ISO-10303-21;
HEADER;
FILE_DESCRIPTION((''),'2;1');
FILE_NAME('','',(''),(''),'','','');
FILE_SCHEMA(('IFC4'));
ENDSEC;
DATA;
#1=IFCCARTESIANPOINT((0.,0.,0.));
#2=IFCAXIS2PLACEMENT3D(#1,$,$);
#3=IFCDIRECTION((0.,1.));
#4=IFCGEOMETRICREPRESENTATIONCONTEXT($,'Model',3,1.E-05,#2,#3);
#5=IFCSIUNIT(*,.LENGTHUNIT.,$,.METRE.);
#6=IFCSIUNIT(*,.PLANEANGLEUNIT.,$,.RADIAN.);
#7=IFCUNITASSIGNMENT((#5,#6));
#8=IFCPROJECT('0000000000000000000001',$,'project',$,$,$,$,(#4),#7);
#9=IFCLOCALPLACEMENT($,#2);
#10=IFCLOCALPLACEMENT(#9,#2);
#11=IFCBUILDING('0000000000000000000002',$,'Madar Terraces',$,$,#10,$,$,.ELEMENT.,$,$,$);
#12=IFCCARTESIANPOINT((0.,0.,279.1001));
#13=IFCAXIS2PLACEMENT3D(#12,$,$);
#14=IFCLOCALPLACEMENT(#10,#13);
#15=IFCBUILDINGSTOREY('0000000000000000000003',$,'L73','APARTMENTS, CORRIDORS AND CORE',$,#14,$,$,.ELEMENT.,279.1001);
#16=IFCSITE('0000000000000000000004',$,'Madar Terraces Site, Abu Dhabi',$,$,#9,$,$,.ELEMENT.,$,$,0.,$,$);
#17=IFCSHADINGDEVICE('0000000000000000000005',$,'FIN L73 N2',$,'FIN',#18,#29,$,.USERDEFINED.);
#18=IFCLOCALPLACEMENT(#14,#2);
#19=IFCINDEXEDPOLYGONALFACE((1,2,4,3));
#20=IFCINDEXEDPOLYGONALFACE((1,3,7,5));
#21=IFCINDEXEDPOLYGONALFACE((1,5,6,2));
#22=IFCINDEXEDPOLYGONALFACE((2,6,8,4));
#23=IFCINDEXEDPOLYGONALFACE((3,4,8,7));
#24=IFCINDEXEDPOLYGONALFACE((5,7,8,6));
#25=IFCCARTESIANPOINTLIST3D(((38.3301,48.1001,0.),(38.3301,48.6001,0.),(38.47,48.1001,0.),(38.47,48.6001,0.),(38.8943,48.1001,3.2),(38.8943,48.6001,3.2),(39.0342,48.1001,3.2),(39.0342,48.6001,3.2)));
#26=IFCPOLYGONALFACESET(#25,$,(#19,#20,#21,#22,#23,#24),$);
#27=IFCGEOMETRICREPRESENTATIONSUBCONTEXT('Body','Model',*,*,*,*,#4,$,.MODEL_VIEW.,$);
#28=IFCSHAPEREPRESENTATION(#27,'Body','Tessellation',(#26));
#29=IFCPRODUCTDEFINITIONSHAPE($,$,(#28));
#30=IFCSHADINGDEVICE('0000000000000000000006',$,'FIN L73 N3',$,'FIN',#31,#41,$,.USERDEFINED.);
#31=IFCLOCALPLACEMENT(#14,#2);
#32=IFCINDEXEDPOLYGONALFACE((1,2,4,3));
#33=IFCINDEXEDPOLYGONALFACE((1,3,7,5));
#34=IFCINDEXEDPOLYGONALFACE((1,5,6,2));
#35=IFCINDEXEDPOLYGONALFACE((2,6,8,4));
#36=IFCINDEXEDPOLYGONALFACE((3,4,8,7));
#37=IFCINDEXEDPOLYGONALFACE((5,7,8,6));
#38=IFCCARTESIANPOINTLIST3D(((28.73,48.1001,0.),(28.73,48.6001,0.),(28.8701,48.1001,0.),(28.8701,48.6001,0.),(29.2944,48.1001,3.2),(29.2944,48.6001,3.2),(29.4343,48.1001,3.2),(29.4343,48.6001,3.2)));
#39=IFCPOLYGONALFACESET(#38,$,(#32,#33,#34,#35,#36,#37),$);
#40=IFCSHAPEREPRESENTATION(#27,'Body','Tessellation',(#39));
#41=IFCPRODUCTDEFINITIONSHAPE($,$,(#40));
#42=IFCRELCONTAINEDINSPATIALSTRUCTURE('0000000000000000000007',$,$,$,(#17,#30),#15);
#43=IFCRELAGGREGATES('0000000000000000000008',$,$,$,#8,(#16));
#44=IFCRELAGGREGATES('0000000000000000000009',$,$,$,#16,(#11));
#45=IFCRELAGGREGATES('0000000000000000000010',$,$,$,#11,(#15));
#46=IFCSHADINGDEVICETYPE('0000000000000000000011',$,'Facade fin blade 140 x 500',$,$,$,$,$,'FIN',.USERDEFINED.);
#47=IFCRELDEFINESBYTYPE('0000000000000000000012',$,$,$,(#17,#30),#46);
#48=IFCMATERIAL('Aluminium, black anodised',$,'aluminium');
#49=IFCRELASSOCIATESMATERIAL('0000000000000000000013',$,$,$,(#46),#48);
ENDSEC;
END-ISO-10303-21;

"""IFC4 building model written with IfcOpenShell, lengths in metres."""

from ifc_helpers import new_model, si_unit, direction, frame, origin, place, context, subcontext, project, spatial, polyline, outline, extrude, material, type_object, element, save


model = new_model("IFC4")

# Units and contexts
model_context = context("Model", 3, precision=1e-05, world=origin(), true_north=direction((0.0, 1.0)))
body_context = subcontext(model_context, "Body", "Model", "MODEL_VIEW")
ifc_project = project(units=[si_unit("LENGTHUNIT", "METRE"), si_unit("PLANEANGLEUNIT", "RADIAN")], contexts=[model_context])

# Site, building, storey
site_placement = place(None, origin())
site = spatial("IfcSite", under=ifc_project, at=site_placement, Name="Madar Terraces Site, Abu Dhabi", CompositionType="ELEMENT", RefElevation=0.0)
building_placement = place(site_placement, origin())
building = spatial("IfcBuilding", under=site, at=building_placement, Name="Madar Terraces", CompositionType="ELEMENT")
storey_placement = place(building_placement, frame((0.0, 0.0, 279.1001)))
storey = spatial("IfcBuildingStorey", under=building, at=storey_placement, Name="L73", Description="APARTMENTS, CORRIDORS AND CORE", CompositionType="ELEMENT", Elevation=279.1001)

# Shading devices
ifc_material_1 = material(Name="Aluminium, black anodised", Category="aluminium")
shading_device_type = type_object("IfcShadingDeviceType", Name="Facade fin blade 140 x 500", ElementType="FIN", PredefinedType="USERDEFINED", material=ifc_material_1)
shading_device_1_placement = place(storey_placement, frame((38.47, 48.3501, 0.0), z_axis=(0.0, 0.0, 1.0), x_axis=(-1.0, 0.0, 0.0)))
element("IfcShadingDevice", 1, at=shading_device_1_placement, inside=storey, type_object=shading_device_type, Name="FIN L73 N2", ObjectType="FIN", PredefinedType="USERDEFINED", context=body_context, shape_type="SweptSolid", body=[
    extrude(outline(polyline([(0.0, 0.0), (0.1399, 0.0), (-0.4243, 3.2), (-0.5642, 3.2), (0.0, 0.0)])), frame((0.0, 0.25, 0.0), z_axis=(0.0, -1.0, 0.0), x_axis=(1.0, 0.0, 0.0)), (0.0, 0.0, 1.0), 0.5),
])
shading_device_2_placement = place(storey_placement, frame((28.8701, 48.3501, 0.0), z_axis=(0.0, 0.0, 1.0), x_axis=(-1.0, 0.0, 0.0)))
element("IfcShadingDevice", 2, at=shading_device_2_placement, inside=storey, type_object=shading_device_type, Name="FIN L73 N3", ObjectType="FIN", PredefinedType="USERDEFINED", context=body_context, shape_type="SweptSolid", body=[
    extrude(outline(polyline([(0.0, 0.0), (0.1401, 0.0), (-0.4243, 3.2), (-0.5642, 3.2), (0.0, 0.0)])), frame((0.0, 0.25, 0.0), z_axis=(0.0, -1.0, 0.0), x_axis=(1.0, 0.0, 0.0)), (0.0, 0.0, 1.0), 0.5),
])

save(model, "model.ifc")
